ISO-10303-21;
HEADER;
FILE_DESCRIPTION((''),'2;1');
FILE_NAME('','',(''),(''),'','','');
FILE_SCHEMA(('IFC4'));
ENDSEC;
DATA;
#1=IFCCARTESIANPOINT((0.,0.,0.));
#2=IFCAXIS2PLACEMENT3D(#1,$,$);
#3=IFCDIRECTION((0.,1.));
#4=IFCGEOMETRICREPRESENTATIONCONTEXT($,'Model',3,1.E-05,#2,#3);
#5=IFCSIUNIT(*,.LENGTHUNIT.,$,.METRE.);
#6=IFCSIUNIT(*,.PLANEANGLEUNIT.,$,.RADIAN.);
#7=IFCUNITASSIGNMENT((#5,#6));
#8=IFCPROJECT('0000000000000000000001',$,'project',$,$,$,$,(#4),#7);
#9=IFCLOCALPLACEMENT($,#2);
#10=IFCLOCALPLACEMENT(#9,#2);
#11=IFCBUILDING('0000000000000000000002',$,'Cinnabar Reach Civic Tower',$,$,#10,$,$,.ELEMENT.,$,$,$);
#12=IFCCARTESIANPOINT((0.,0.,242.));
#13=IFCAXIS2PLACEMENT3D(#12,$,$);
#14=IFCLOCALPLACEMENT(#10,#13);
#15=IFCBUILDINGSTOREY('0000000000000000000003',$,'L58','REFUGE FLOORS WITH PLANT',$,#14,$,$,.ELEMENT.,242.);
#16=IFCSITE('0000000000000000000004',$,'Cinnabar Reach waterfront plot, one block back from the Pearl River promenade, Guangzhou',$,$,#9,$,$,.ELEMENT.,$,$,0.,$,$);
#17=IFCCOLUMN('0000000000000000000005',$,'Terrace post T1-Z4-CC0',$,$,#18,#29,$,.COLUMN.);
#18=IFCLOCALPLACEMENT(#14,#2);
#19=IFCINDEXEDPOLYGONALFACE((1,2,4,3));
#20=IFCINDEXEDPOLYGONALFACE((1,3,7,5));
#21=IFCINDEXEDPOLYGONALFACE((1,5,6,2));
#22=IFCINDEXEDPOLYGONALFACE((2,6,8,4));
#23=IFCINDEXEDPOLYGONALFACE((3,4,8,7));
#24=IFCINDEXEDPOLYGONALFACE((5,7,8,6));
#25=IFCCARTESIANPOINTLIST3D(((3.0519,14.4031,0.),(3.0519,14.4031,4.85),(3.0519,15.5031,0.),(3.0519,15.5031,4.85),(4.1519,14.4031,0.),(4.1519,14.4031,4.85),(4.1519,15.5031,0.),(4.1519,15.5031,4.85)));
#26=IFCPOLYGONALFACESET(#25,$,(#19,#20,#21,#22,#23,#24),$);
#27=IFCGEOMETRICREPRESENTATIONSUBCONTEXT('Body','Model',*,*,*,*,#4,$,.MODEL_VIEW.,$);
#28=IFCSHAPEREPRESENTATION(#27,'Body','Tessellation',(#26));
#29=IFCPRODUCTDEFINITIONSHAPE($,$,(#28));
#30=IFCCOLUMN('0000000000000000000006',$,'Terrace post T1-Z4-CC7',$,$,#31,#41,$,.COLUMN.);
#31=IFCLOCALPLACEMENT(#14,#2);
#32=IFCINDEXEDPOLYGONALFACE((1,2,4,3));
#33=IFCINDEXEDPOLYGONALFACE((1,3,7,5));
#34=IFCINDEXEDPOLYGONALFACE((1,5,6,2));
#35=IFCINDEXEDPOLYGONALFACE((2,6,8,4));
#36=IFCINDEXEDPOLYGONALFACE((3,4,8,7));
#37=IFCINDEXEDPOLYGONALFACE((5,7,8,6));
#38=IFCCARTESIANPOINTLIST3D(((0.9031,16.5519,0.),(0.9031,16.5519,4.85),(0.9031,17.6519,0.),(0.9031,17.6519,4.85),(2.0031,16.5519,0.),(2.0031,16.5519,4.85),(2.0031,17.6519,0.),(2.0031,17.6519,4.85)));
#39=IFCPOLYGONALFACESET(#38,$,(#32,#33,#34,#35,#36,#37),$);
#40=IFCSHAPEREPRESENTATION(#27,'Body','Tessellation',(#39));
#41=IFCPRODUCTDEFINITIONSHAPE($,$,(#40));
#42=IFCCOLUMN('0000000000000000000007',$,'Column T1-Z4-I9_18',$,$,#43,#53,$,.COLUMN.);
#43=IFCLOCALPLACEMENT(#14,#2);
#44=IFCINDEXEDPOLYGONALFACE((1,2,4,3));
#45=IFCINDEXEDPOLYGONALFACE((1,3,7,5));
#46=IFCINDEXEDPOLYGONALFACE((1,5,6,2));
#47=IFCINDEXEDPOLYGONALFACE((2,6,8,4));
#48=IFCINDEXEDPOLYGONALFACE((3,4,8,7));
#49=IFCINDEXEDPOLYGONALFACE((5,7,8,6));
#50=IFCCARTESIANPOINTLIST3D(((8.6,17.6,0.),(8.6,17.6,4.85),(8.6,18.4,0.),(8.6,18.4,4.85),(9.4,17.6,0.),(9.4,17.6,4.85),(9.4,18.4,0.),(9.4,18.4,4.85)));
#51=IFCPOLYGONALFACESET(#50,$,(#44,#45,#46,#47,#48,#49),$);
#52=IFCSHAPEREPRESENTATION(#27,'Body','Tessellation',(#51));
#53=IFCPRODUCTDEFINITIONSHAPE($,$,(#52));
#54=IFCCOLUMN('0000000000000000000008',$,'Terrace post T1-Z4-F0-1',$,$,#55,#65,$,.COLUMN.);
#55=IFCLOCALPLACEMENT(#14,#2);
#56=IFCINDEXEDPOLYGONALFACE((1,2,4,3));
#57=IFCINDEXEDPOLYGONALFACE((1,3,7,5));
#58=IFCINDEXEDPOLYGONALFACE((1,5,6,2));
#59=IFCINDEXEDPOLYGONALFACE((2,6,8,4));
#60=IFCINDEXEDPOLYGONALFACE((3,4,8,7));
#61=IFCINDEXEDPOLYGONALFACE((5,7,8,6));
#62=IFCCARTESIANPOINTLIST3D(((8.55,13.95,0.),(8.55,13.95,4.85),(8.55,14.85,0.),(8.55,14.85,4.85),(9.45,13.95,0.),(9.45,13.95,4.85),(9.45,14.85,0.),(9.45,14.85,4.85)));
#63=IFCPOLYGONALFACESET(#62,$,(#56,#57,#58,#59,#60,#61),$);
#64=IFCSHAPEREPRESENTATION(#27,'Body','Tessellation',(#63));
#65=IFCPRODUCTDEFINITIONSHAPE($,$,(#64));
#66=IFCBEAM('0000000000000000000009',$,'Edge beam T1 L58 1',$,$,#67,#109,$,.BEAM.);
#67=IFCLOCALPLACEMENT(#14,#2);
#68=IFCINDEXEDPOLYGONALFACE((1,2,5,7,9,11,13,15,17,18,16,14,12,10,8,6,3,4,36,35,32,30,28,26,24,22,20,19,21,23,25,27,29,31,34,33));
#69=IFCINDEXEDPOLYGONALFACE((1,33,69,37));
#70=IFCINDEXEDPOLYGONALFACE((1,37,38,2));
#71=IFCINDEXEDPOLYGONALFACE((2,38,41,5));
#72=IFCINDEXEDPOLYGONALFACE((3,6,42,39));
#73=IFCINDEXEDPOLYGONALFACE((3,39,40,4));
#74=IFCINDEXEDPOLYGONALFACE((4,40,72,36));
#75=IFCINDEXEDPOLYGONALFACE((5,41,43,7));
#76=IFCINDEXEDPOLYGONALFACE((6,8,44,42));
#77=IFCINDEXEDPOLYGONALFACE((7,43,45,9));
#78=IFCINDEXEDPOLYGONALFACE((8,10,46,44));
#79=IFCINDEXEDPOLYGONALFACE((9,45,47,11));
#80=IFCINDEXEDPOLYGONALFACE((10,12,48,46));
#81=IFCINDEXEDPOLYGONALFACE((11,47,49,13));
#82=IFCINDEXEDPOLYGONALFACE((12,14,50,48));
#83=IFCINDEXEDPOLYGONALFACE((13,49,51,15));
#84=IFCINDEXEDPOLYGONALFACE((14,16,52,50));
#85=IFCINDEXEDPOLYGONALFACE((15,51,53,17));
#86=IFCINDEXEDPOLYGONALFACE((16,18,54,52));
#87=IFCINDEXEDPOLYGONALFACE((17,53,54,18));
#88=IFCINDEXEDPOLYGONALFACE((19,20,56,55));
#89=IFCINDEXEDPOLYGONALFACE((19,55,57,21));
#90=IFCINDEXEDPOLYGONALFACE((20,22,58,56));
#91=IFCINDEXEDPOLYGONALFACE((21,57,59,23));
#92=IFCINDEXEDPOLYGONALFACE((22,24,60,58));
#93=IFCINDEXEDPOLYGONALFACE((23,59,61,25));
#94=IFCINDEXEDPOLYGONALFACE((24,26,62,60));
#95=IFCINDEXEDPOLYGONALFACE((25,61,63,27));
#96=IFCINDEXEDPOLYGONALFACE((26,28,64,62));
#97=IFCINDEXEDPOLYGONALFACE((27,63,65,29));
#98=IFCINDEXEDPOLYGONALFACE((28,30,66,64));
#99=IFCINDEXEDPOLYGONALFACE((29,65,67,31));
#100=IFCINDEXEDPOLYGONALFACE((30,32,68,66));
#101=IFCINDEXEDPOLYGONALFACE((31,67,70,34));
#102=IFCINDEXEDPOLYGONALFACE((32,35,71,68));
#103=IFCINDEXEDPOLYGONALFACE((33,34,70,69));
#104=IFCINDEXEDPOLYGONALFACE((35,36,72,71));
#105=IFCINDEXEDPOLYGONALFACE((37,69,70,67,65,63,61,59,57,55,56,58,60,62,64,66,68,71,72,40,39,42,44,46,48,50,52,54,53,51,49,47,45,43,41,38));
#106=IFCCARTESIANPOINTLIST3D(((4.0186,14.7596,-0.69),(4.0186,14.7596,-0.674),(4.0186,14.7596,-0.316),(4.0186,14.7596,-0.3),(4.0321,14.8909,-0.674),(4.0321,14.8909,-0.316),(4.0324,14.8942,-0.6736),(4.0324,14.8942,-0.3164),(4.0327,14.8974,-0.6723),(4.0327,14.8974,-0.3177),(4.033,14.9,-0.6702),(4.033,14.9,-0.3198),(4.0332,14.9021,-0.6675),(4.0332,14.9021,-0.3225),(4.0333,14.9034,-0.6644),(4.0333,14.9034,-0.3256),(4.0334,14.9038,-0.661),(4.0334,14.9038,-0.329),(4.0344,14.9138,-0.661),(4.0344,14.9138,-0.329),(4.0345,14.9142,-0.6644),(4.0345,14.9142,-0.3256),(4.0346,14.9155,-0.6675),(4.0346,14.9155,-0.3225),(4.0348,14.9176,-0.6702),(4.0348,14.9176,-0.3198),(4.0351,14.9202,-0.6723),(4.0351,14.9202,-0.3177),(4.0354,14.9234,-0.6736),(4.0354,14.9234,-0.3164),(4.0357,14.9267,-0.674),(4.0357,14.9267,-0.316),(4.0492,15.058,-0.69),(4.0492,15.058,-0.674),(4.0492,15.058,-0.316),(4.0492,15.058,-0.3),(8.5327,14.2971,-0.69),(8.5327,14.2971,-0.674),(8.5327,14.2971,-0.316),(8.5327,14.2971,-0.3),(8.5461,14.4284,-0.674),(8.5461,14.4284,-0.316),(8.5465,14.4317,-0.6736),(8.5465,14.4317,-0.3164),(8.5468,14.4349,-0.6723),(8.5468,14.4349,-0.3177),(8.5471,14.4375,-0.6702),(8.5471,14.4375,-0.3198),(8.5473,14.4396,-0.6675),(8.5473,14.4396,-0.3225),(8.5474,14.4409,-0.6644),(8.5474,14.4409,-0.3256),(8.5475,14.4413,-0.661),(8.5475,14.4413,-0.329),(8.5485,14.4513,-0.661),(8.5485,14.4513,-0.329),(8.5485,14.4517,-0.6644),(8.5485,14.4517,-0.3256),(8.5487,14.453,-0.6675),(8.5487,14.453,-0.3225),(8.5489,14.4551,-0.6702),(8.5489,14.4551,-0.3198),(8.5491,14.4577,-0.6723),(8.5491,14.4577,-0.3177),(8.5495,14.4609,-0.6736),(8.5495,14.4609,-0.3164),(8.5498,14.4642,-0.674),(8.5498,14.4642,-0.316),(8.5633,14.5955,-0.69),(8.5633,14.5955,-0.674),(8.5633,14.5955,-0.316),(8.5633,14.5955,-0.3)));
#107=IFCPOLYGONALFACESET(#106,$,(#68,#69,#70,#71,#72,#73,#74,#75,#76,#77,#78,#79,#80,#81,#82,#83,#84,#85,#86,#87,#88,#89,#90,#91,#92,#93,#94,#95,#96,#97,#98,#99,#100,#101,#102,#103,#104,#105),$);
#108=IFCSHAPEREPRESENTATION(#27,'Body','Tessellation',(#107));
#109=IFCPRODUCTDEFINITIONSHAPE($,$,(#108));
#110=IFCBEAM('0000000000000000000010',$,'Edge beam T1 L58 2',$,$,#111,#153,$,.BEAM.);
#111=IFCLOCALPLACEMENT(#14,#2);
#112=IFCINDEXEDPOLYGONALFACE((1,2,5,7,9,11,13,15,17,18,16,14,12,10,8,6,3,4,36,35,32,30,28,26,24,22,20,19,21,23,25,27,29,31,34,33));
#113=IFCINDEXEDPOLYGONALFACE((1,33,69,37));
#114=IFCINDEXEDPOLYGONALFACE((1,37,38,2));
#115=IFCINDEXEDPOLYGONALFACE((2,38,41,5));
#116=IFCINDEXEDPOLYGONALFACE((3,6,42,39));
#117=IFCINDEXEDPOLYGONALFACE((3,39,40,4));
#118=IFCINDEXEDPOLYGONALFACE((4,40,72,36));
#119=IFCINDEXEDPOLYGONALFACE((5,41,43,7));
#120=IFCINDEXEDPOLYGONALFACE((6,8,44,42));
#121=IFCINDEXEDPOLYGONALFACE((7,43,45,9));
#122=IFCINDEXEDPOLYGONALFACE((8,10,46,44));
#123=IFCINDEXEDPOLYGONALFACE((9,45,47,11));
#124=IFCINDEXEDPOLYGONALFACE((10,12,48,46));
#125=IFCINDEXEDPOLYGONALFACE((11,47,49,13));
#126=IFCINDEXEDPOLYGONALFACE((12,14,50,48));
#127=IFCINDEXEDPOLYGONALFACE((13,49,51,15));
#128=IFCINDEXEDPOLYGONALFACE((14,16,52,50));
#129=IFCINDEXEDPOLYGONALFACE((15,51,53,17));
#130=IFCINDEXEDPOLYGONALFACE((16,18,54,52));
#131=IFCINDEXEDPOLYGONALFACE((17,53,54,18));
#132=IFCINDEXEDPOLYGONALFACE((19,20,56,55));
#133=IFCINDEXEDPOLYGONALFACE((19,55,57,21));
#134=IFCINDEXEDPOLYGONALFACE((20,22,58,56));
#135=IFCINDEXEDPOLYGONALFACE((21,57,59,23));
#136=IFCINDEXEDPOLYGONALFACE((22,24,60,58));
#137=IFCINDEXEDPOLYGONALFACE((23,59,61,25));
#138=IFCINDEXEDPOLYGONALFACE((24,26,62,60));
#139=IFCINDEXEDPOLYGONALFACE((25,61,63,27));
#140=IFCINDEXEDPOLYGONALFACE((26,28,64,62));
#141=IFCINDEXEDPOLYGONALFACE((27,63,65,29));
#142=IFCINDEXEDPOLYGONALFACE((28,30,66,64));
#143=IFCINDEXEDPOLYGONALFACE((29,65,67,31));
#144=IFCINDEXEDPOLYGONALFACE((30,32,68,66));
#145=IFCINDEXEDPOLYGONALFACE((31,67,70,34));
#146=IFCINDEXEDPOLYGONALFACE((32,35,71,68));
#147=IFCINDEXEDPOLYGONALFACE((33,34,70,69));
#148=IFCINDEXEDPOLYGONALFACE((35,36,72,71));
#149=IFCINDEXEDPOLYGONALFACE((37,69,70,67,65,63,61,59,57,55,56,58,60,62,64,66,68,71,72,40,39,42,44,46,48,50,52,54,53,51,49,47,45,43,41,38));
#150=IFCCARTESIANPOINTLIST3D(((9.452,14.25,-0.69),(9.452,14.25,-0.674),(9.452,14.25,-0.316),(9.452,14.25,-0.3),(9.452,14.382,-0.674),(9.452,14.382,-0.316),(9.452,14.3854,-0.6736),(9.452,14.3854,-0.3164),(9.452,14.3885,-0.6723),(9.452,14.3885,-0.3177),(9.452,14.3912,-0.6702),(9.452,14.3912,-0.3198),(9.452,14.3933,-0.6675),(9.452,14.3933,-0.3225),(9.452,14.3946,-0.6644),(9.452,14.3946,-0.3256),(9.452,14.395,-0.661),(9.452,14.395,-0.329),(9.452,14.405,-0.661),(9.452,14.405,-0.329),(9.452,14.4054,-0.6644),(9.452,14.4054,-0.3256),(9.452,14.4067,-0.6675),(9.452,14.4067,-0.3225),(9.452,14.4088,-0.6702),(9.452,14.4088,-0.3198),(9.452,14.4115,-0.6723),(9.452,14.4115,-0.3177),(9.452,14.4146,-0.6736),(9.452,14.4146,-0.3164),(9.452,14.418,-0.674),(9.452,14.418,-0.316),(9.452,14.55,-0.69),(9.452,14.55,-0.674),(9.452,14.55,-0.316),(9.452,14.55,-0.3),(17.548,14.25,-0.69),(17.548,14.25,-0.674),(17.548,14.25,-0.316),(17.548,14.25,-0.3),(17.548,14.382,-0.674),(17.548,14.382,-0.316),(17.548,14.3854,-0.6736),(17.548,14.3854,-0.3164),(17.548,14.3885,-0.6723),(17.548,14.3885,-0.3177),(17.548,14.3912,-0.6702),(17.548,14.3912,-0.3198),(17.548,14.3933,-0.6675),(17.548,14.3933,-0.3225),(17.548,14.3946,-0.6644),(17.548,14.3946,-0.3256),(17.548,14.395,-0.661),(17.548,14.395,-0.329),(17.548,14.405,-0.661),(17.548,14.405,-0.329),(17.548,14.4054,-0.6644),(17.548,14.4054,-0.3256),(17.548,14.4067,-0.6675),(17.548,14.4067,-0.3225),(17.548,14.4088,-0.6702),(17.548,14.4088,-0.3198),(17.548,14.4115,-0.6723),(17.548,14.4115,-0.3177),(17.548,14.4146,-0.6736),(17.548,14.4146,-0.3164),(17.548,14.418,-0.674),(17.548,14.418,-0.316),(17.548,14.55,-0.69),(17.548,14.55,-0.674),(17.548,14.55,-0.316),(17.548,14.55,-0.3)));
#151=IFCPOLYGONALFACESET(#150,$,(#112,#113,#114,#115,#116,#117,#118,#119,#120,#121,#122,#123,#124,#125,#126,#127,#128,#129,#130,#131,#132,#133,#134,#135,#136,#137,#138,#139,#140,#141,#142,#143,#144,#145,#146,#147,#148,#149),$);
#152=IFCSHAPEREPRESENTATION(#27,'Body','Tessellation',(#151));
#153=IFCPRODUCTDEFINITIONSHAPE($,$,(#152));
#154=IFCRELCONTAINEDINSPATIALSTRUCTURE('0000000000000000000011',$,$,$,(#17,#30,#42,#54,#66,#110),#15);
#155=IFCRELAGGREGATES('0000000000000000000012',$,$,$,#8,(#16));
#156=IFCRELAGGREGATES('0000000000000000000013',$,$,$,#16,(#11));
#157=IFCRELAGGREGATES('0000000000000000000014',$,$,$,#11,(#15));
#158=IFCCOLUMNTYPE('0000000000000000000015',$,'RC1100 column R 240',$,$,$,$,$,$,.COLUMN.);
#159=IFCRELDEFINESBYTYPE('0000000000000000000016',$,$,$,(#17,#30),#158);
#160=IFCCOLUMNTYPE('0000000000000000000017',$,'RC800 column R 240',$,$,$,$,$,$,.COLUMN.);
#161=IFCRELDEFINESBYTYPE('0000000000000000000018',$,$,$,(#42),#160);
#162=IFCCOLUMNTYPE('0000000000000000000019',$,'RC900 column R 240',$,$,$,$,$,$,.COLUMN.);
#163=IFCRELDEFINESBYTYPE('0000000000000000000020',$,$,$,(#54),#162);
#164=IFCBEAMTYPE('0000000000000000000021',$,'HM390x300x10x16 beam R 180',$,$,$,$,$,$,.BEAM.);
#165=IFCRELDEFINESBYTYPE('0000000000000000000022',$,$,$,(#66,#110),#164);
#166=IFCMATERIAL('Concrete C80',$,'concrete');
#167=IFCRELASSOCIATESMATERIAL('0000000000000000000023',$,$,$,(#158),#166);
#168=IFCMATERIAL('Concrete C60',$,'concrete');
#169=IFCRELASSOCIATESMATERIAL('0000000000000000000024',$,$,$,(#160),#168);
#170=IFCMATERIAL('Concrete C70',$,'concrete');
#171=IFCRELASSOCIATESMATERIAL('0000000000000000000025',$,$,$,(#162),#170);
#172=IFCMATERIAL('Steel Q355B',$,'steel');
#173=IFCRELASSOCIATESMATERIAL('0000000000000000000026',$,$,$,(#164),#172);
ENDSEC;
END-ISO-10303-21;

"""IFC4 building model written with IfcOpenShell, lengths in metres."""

from ifc_helpers import new_model, si_unit, direction, frame, origin, origin_2d, place, context, subcontext, project, spatial, rectangle, i_section, extrude, material, material_profile, profile_set, type_object, element, save


model = new_model("IFC4")

# Units and contexts
model_context = context("Model", 3, precision=1e-05, world=origin(), true_north=direction((0.0, 1.0)))
body_context = subcontext(model_context, "Body", "Model", "MODEL_VIEW")
ifc_project = project(units=[si_unit("LENGTHUNIT", "METRE"), si_unit("PLANEANGLEUNIT", "RADIAN")], contexts=[model_context])

# Site, building, storey
site_placement = place(None, origin())
site = spatial("IfcSite", under=ifc_project, at=site_placement, Name="Cinnabar Reach waterfront plot, one block back from the Pearl River promenade, Guangzhou", CompositionType="ELEMENT", RefElevation=0.0)
building_placement = place(site_placement, origin())
building = spatial("IfcBuilding", under=site, at=building_placement, Name="Cinnabar Reach Civic Tower", CompositionType="ELEMENT")
storey_placement = place(building_placement, frame((0.0, 0.0, 242.0)))
storey = spatial("IfcBuildingStorey", under=building, at=storey_placement, Name="L58", Description="REFUGE FLOORS WITH PLANT", CompositionType="ELEMENT", Elevation=242.0)

# Columns
ifc_material_1 = material(Name="Concrete C80", Category="concrete")
ifc_material_profile_1 = material_profile(ifc_material_1, rectangle(XDim=1.1, YDim=1.1, at=origin_2d()), Name="RC1100")
ifc_profile_set_1 = profile_set([ifc_material_profile_1], Name="Concrete C80")
column_type_1 = type_object("IfcColumnType", Name="RC1100 column R 240", PredefinedType="COLUMN", material=ifc_profile_set_1)
for number, where, z_axis, x_axis, name in (
    (1, (3.6019, 14.9531, 0.0), (0.0, 0.0, 1.0), (1.0, 0.0, 0.0), "Terrace post T1-Z4-CC0"),
    (2, (1.4531, 17.1019, 0.0), (0.0, 0.0, 1.0), (1.0, 0.0, 0.0), "Terrace post T1-Z4-CC7"),
):
    element("IfcColumn", number, at=place(storey_placement, frame(where, z_axis=z_axis, x_axis=x_axis)), inside=storey, type_object=column_type_1, Name=name, PredefinedType="COLUMN", context=body_context, shape_type="SweptSolid", body=[
        extrude(rectangle(XDim=1.1, YDim=1.1, at=origin_2d()), origin(), (0.0, 0.0, 1.0), 4.85),
    ])
ifc_material_2 = material(Name="Concrete C60", Category="concrete")
ifc_material_profile_2 = material_profile(ifc_material_2, rectangle(XDim=0.8, YDim=0.8, at=origin_2d()), Name="RC800")
ifc_profile_set_2 = profile_set([ifc_material_profile_2], Name="Concrete C60")
column_type_2 = type_object("IfcColumnType", Name="RC800 column R 240", PredefinedType="COLUMN", material=ifc_profile_set_2)
column_1_placement = place(storey_placement, frame((9.0, 18.0, 0.0), z_axis=(0.0, 0.0, 1.0), x_axis=(1.0, 0.0, 0.0)))
element("IfcColumn", 3, at=column_1_placement, inside=storey, type_object=column_type_2, Name="Column T1-Z4-I9_18", PredefinedType="COLUMN", context=body_context, shape_type="SweptSolid", body=[
    extrude(rectangle(XDim=0.8, YDim=0.8, at=origin_2d()), origin(), (0.0, 0.0, 1.0), 4.85),
])
ifc_material_3 = material(Name="Concrete C70", Category="concrete")
ifc_material_profile_3 = material_profile(ifc_material_3, rectangle(XDim=0.9, YDim=0.9, at=origin_2d()), Name="RC900")
ifc_profile_set_3 = profile_set([ifc_material_profile_3], Name="Concrete C70")
column_type_3 = type_object("IfcColumnType", Name="RC900 column R 240", PredefinedType="COLUMN", material=ifc_profile_set_3)
column_2_placement = place(storey_placement, frame((9.0, 14.4, 0.0), z_axis=(0.0, 0.0, 1.0), x_axis=(1.0, 0.0, 0.0)))
element("IfcColumn", 4, at=column_2_placement, inside=storey, type_object=column_type_3, Name="Terrace post T1-Z4-F0-1", PredefinedType="COLUMN", context=body_context, shape_type="SweptSolid", body=[
    extrude(rectangle(XDim=0.9, YDim=0.9, at=origin_2d()), origin(), (0.0, 0.0, 1.0), 4.85),
])

# Beams
ifc_material_4 = material(Name="Steel Q355B", Category="steel")
ifc_material_profile_4 = material_profile(ifc_material_4, i_section(OverallWidth=0.3, OverallDepth=0.39, WebThickness=0.01, FlangeThickness=0.016, FilletRadius=0.013, at=origin_2d()), Name="HM390x300x10x16")
ifc_profile_set_4 = profile_set([ifc_material_profile_4], Name="Steel Q355B")
beam_type_1 = type_object("IfcBeamType", Name="HM390x300x10x16 beam R 180", PredefinedType="BEAM", material=ifc_profile_set_4)
beam_1_placement = place(storey_placement, frame((4.0339, 14.9088, -0.495), z_axis=(0.994792, -0.101923, 0.0), x_axis=(0.101923, 0.994792, 0.0)))
element("IfcBeam", 5, at=beam_1_placement, inside=storey, type_object=beam_type_1, Name="Edge beam T1 L58 1", PredefinedType="BEAM", context=body_context, shape_type="SweptSolid", body=[
    extrude(i_section(OverallWidth=0.3, OverallDepth=0.39, WebThickness=0.01, FlangeThickness=0.016, FilletRadius=0.013, at=origin_2d()), origin(), (0.0, 0.0, 1.0), 4.5377),
])
beam_2_placement = place(storey_placement, frame((9.452, 14.4, -0.495), z_axis=(1.0, 0.0, 0.0), x_axis=(0.0, 1.0, 0.0)))
element("IfcBeam", 6, at=beam_2_placement, inside=storey, type_object=beam_type_1, Name="Edge beam T1 L58 2", PredefinedType="BEAM", context=body_context, shape_type="SweptSolid", body=[
    extrude(i_section(OverallWidth=0.3, OverallDepth=0.39, WebThickness=0.01, FlangeThickness=0.016, FilletRadius=0.013, at=origin_2d()), origin(), (0.0, 0.0, 1.0), 8.096),
])

save(model, "model.ifc")
